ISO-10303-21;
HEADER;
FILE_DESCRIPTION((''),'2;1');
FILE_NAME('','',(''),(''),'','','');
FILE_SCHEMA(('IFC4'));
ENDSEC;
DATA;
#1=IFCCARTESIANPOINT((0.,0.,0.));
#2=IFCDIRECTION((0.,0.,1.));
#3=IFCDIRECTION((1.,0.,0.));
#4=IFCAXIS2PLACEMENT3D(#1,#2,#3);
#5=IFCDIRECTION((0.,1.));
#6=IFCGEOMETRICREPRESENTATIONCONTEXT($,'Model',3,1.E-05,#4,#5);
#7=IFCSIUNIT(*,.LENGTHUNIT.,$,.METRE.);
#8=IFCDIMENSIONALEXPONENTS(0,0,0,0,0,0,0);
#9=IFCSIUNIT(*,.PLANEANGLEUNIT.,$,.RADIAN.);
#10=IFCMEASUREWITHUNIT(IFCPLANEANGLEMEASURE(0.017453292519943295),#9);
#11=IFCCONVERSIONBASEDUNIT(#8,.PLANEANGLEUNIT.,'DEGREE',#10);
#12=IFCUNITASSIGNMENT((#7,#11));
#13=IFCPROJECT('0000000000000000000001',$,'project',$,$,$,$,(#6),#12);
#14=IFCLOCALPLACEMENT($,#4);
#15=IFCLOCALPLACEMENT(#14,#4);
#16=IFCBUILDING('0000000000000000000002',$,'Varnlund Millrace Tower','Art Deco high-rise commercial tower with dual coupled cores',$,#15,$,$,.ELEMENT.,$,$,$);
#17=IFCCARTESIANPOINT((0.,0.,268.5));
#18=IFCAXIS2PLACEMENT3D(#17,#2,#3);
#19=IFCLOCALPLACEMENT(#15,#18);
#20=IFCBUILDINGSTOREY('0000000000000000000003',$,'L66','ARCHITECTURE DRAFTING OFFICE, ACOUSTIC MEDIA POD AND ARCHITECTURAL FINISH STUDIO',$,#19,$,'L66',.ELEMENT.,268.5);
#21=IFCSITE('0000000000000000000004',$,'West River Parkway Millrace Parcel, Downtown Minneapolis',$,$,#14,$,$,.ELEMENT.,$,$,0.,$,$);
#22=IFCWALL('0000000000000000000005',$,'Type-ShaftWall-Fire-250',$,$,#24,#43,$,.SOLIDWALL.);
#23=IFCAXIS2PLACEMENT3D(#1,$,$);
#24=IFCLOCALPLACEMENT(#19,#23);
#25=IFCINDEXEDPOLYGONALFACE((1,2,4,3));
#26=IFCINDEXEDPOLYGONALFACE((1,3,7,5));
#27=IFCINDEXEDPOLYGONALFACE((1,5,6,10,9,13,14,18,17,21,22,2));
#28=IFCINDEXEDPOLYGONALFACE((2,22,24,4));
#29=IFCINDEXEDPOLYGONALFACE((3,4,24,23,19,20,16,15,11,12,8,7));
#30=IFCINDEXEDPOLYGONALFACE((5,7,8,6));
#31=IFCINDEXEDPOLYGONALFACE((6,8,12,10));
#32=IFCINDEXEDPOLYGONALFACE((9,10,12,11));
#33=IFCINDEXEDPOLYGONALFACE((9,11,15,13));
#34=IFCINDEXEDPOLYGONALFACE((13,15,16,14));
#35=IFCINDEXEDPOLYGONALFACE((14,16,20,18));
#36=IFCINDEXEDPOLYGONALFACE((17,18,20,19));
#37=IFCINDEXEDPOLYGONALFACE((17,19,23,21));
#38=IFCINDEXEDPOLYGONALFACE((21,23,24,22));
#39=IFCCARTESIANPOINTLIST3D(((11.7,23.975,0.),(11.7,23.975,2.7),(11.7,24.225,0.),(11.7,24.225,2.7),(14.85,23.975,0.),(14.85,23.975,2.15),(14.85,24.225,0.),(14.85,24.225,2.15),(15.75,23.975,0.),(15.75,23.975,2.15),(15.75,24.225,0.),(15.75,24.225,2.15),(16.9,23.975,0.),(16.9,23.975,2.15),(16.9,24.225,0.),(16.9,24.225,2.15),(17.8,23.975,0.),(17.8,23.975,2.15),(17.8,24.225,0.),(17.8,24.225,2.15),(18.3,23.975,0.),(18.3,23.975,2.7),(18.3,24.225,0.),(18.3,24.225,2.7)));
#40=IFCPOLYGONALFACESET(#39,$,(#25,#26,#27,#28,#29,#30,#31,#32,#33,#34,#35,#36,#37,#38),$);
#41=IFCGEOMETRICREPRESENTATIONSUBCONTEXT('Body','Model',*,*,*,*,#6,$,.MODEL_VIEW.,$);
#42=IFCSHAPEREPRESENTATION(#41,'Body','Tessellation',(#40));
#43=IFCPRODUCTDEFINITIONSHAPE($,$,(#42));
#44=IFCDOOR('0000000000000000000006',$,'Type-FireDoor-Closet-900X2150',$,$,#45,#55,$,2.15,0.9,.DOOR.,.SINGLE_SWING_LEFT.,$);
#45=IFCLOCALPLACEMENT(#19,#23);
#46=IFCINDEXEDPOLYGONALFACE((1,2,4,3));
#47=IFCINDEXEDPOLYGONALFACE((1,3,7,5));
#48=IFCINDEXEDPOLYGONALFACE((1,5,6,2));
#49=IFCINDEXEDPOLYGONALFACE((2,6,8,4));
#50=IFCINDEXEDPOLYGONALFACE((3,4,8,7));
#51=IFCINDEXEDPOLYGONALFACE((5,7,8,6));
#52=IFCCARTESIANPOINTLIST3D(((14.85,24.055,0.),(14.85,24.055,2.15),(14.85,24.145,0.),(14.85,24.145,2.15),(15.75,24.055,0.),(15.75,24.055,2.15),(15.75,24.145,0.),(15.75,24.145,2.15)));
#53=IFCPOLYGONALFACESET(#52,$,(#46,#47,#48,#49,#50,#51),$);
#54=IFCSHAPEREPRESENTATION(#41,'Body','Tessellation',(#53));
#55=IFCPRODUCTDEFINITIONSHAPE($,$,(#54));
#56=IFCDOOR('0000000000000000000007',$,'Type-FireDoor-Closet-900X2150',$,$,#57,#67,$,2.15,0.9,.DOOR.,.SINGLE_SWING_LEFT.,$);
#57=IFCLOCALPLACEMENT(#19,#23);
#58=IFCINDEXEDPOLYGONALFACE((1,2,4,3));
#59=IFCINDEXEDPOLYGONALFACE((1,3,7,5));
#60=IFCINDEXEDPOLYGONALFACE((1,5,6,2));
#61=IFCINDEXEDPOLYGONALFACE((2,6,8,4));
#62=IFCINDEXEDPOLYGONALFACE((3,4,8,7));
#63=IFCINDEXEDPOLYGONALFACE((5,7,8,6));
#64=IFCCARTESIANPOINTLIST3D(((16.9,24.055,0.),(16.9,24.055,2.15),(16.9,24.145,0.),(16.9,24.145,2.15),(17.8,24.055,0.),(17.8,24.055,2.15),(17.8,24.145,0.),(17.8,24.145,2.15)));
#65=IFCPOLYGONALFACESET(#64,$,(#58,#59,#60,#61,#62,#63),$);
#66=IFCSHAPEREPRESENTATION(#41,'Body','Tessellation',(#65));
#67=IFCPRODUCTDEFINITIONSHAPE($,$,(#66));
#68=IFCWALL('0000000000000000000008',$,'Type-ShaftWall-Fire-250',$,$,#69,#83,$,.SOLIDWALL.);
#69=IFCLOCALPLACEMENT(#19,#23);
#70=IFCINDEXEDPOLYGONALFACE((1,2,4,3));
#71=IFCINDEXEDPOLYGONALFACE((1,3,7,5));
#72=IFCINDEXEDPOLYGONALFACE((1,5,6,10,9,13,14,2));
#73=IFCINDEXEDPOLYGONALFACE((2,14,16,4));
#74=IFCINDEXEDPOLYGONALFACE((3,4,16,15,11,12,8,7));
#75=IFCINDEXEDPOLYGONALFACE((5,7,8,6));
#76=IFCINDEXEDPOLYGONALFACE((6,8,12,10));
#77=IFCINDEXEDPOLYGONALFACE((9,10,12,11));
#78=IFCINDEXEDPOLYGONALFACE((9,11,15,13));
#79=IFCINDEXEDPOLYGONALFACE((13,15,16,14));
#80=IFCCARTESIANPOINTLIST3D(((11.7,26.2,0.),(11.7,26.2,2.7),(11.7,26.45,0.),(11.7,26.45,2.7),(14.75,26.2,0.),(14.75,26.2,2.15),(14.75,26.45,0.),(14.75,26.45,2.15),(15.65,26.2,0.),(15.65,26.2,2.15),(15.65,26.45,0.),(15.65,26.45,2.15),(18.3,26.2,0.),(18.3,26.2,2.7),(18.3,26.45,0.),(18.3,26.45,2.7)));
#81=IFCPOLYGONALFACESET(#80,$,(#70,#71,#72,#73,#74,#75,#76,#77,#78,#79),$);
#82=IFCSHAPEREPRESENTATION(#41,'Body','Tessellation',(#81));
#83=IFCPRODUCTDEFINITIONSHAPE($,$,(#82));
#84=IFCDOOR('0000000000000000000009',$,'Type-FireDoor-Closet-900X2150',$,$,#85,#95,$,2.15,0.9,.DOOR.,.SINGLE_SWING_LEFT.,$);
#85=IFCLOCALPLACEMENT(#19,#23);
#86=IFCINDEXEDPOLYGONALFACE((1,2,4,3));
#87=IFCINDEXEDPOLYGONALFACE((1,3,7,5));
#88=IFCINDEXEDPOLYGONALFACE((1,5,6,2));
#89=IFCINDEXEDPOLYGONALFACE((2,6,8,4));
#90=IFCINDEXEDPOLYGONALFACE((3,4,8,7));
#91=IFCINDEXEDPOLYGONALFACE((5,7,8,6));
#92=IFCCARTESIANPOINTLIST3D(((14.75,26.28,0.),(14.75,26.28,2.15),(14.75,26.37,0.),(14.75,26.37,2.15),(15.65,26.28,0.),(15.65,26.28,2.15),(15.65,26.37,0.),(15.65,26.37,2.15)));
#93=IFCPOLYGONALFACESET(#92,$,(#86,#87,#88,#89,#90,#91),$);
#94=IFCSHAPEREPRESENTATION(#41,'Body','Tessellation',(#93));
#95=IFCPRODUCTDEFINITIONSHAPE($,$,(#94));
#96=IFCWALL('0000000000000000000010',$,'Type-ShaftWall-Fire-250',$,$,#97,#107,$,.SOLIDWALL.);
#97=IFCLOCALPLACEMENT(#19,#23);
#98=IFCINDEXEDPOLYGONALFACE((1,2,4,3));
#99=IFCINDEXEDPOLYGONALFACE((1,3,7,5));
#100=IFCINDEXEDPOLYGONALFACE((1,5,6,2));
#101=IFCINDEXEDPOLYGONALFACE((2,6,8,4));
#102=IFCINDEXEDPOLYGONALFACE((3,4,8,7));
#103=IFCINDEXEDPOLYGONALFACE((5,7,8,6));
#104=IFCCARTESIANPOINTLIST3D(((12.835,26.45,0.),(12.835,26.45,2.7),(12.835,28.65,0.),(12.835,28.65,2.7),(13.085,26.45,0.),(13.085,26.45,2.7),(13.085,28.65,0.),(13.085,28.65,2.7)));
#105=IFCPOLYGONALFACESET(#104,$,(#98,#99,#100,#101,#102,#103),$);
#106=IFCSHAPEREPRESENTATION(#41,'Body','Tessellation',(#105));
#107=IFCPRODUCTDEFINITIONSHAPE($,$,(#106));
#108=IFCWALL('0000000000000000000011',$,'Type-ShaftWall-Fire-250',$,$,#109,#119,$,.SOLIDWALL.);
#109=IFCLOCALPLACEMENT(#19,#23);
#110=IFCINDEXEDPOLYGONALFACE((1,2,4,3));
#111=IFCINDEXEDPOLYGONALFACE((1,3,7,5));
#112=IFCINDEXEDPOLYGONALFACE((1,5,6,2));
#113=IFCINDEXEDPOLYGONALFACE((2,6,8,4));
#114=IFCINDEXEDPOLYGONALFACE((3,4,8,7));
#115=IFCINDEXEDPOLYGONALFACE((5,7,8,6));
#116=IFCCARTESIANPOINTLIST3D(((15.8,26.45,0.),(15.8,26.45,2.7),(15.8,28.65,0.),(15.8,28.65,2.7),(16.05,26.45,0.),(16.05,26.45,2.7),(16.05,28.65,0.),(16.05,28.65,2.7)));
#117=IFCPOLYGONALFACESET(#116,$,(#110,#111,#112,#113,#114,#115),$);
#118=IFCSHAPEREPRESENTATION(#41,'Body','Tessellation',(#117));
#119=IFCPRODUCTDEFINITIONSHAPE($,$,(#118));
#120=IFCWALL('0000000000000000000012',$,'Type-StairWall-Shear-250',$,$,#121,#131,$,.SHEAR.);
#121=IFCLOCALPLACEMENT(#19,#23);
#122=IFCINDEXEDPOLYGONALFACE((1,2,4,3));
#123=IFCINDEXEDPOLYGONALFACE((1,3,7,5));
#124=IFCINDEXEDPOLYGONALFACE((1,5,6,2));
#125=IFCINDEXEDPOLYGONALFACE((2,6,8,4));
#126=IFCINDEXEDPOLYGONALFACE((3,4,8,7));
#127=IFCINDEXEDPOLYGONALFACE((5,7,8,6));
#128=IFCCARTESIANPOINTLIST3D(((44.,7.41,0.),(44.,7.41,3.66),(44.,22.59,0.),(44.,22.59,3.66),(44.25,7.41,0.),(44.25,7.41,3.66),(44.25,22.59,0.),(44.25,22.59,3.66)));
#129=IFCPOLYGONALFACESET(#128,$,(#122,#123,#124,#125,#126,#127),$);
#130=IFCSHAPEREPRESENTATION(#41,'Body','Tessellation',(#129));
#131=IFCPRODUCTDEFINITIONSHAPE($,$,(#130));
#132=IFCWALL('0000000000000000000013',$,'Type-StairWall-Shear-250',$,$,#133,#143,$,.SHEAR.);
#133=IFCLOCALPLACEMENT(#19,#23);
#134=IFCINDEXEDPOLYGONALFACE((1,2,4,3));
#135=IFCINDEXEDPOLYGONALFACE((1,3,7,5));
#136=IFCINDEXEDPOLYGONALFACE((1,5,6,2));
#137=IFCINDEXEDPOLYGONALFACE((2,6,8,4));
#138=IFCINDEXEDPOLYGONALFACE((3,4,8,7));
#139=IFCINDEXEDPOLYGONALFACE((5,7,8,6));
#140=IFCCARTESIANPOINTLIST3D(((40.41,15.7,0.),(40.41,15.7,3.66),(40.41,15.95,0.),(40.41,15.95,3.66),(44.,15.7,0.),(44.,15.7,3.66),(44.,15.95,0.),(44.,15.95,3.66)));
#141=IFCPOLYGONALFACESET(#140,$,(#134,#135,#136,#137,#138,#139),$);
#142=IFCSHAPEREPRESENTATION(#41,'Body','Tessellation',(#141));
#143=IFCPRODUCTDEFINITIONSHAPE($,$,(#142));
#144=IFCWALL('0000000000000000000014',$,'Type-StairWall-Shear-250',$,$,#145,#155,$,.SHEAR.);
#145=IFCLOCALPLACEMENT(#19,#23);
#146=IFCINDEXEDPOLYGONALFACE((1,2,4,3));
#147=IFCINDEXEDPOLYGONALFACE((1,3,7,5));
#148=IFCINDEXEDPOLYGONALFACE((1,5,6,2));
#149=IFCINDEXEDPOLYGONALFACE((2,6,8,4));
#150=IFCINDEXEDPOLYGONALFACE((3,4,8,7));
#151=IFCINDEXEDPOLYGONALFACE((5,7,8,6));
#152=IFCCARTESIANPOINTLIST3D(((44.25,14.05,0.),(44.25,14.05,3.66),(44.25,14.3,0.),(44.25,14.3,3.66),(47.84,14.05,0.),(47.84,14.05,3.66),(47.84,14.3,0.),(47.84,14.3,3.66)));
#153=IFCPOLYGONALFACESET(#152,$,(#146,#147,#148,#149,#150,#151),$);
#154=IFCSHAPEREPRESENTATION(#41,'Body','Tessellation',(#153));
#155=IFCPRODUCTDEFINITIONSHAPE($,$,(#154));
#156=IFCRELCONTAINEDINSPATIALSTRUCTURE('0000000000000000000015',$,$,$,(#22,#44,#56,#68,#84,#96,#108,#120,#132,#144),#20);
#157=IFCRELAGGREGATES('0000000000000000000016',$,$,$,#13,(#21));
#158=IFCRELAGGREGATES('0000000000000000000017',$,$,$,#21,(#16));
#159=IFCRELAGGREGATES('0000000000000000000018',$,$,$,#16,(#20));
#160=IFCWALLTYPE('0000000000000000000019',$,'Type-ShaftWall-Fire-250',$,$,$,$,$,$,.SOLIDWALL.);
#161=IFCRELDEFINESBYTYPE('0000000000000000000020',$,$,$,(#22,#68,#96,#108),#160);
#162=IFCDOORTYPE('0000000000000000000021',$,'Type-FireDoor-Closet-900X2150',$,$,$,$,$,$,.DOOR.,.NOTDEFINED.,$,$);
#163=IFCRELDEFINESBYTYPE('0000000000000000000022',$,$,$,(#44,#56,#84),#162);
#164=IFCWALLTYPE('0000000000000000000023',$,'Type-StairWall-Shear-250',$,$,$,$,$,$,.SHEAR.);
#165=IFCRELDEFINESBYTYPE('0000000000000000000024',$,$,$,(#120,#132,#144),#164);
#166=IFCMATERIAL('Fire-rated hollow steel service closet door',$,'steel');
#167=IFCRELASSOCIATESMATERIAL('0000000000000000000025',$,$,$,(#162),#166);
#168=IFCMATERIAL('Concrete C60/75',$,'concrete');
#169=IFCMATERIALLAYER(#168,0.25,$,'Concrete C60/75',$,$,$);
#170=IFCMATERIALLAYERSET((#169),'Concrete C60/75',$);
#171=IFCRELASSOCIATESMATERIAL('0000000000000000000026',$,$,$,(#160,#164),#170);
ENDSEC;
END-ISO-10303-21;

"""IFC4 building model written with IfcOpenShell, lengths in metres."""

from ifc_helpers import new_model, entity, si_unit, converted_unit, direction, frame, origin_with_axes, origin_2d_with_axis, place, context, subcontext, project, spatial, polyline, rectangle, outline, extrude, material, layer, layer_set, type_object, element, fill, save


model = new_model("IFC4")

# Units and contexts
model_context = context("Model", 3, precision=1e-05, world=origin_with_axes(), true_north=direction((0.0, 1.0)))
body_context = subcontext(model_context, "Body", "Model", "MODEL_VIEW")
ifc_project = project(units=[si_unit("LENGTHUNIT", "METRE"), converted_unit("PLANEANGLEUNIT", "DEGREE", entity("IfcPlaneAngleMeasure", 0.017453292519943295), si_unit("PLANEANGLEUNIT", "RADIAN"), dimensions=[0, 0, 0, 0, 0, 0, 0])], contexts=[model_context])

# Site, building, storey
site_placement = place(None, origin_with_axes())
site = spatial("IfcSite", under=ifc_project, at=site_placement, Name="West River Parkway Millrace Parcel, Downtown Minneapolis", CompositionType="ELEMENT", RefElevation=0.0)
building_placement = place(site_placement, origin_with_axes())
building = spatial("IfcBuilding", under=site, at=building_placement, Name="Varnlund Millrace Tower", Description="Art Deco high-rise commercial tower with dual coupled cores", CompositionType="ELEMENT")
storey_placement = place(building_placement, frame((0.0, 0.0, 268.5), z_axis=(0.0, 0.0, 1.0), x_axis=(1.0, 0.0, 0.0)))
storey = spatial("IfcBuildingStorey", under=building, at=storey_placement, Name="L66", Description="ARCHITECTURE DRAFTING OFFICE, ACOUSTIC MEDIA POD AND ARCHITECTURAL FINISH STUDIO", LongName="L66", CompositionType="ELEMENT", Elevation=268.5)

# Shared definitions
ifc_material_1 = material(Name="Concrete C60/75", Category="concrete")
ifc_material_2 = material(Name="Fire-rated hollow steel service closet door", Category="steel")
door_type_1 = type_object("IfcDoorType", Name="Type-FireDoor-Closet-900X2150", OperationType="NOTDEFINED", PredefinedType="DOOR", material=ifc_material_2)

# Wall, openings, doors
ifc_layer_1 = layer(ifc_material_1, 0.25, Name="Concrete C60/75")
ifc_layer_set_1 = layer_set([ifc_layer_1], Name="Concrete C60/75")
wall_type_1 = type_object("IfcWallType", Name="Type-ShaftWall-Fire-250", PredefinedType="SOLIDWALL", material=ifc_layer_set_1)
wall_1_placement = place(storey_placement, frame((11.7, 24.1, 0.0), z_axis=(0.0, 0.0, 1.0), x_axis=(1.0, 0.0, 0.0)))
wall_1 = element("IfcWall", 1, at=wall_1_placement, inside=storey, type_object=wall_type_1, Name="Type-ShaftWall-Fire-250", PredefinedType="SOLIDWALL", context=body_context, shape_type="SweptSolid", body=[
    extrude(outline(polyline([(0.0, -0.125), (6.6, -0.125), (6.6, 0.125), (0.0, 0.125), (0.0, -0.125)])), origin_with_axes(), (0.0, 0.0, 1.0), 2.7),
])
opening_1_placement = place(wall_1_placement, frame((3.6, 0.0, 0.0), z_axis=(0.0, 0.0, 1.0), x_axis=(1.0, 0.0, 0.0)))
opening_1 = element("IfcOpeningElement", 2, at=opening_1_placement, cuts=wall_1, PredefinedType="OPENING", context=body_context, shape_type="SweptSolid", body=[
    extrude(rectangle(XDim=0.9, YDim=0.27, at=origin_2d_with_axis()), origin_with_axes(), (0.0, 0.0, 1.0), 2.15),
])
opening_2_placement = place(wall_1_placement, frame((5.65, 0.0, 0.0), z_axis=(0.0, 0.0, 1.0), x_axis=(1.0, 0.0, 0.0)))
opening_2 = element("IfcOpeningElement", 3, at=opening_2_placement, cuts=wall_1, PredefinedType="OPENING", context=body_context, shape_type="SweptSolid", body=[
    extrude(rectangle(XDim=0.9, YDim=0.27, at=origin_2d_with_axis()), origin_with_axes(), (0.0, 0.0, 1.0), 2.15),
])
door_1_placement = place(wall_1_placement, frame((3.6, 0.0, 0.0), z_axis=(0.0, 0.0, 1.0), x_axis=(1.0, 0.0, 0.0)))
door_1 = element("IfcDoor", 4, at=door_1_placement, inside=storey, type_object=door_type_1, Name="Type-FireDoor-Closet-900X2150", OperationType="SINGLE_SWING_LEFT", OverallHeight=2.15, OverallWidth=0.9, PredefinedType="DOOR", context=body_context, shape_type="SweptSolid", body=[
    extrude(rectangle(XDim=0.9, YDim=0.09, at=origin_2d_with_axis()), origin_with_axes(), (0.0, 0.0, 1.0), 2.15),
])
fill(opening_1, door_1)
door_2_placement = place(wall_1_placement, frame((5.65, 0.0, 0.0), z_axis=(0.0, 0.0, 1.0), x_axis=(1.0, 0.0, 0.0)))
door_2 = element("IfcDoor", 5, at=door_2_placement, inside=storey, type_object=door_type_1, Name="Type-FireDoor-Closet-900X2150", OperationType="SINGLE_SWING_LEFT", OverallHeight=2.15, OverallWidth=0.9, PredefinedType="DOOR", context=body_context, shape_type="SweptSolid", body=[
    extrude(rectangle(XDim=0.9, YDim=0.09, at=origin_2d_with_axis()), origin_with_axes(), (0.0, 0.0, 1.0), 2.15),
])
fill(opening_2, door_2)

# Wall, opening, door
wall_2_placement = place(storey_placement, frame((11.7, 26.325, 0.0), z_axis=(0.0, 0.0, 1.0), x_axis=(1.0, 0.0, 0.0)))
wall_2 = element("IfcWall", 6, at=wall_2_placement, inside=storey, type_object=wall_type_1, Name="Type-ShaftWall-Fire-250", PredefinedType="SOLIDWALL", context=body_context, shape_type="SweptSolid", body=[
    extrude(outline(polyline([(0.0, -0.125), (6.6, -0.125), (6.6, 0.125), (0.0, 0.125), (0.0, -0.125)])), origin_with_axes(), (0.0, 0.0, 1.0), 2.7),
])
opening_3_placement = place(wall_2_placement, frame((3.5, 0.0, 0.0), z_axis=(0.0, 0.0, 1.0), x_axis=(1.0, 0.0, 0.0)))
opening_3 = element("IfcOpeningElement", 7, at=opening_3_placement, cuts=wall_2, PredefinedType="OPENING", context=body_context, shape_type="SweptSolid", body=[
    extrude(rectangle(XDim=0.9, YDim=0.27, at=origin_2d_with_axis()), origin_with_axes(), (0.0, 0.0, 1.0), 2.15),
])
door_3_placement = place(wall_2_placement, frame((3.5, 0.0, 0.0), z_axis=(0.0, 0.0, 1.0), x_axis=(1.0, 0.0, 0.0)))
door_3 = element("IfcDoor", 8, at=door_3_placement, inside=storey, type_object=door_type_1, Name="Type-FireDoor-Closet-900X2150", OperationType="SINGLE_SWING_LEFT", OverallHeight=2.15, OverallWidth=0.9, PredefinedType="DOOR", context=body_context, shape_type="SweptSolid", body=[
    extrude(rectangle(XDim=0.9, YDim=0.09, at=origin_2d_with_axis()), origin_with_axes(), (0.0, 0.0, 1.0), 2.15),
])
fill(opening_3, door_3)

# Walls
for number, where, z_axis, x_axis, name in (
    (9, (12.96, 26.45, 0.0), (0.0, 0.0, 1.0), (0.0, 1.0, 0.0), "Type-ShaftWall-Fire-250"),
    (10, (15.925, 26.45, 0.0), (0.0, 0.0, 1.0), (0.0, 1.0, 0.0), "Type-ShaftWall-Fire-250"),
):
    element("IfcWall", number, at=place(storey_placement, frame(where, z_axis=z_axis, x_axis=x_axis)), inside=storey, type_object=wall_type_1, Name=name, PredefinedType="SOLIDWALL", context=body_context, shape_type="SweptSolid", body=[
        extrude(outline(polyline([(0.0, -0.125), (2.2, -0.125), (2.2, 0.125), (0.0, 0.125), (0.0, -0.125)])), origin_with_axes(), (0.0, 0.0, 1.0), 2.7),
    ])
wall_type_2 = type_object("IfcWallType", Name="Type-StairWall-Shear-250", PredefinedType="SHEAR", material=ifc_layer_set_1)
wall_3_placement = place(storey_placement, frame((44.125, 7.41, 0.0), z_axis=(0.0, 0.0, 1.0), x_axis=(0.0, 1.0, 0.0)))
element("IfcWall", 11, at=wall_3_placement, inside=storey, type_object=wall_type_2, Name="Type-StairWall-Shear-250", PredefinedType="SHEAR", context=body_context, shape_type="SweptSolid", body=[
    extrude(outline(polyline([(0.0, -0.125), (15.18, -0.125), (15.18, 0.125), (0.0, 0.125), (0.0, -0.125)])), origin_with_axes(), (0.0, 0.0, 1.0), 3.66),
])
for number, where, z_axis, x_axis, name in (
    (12, (40.41, 15.825, 0.0), (0.0, 0.0, 1.0), (1.0, 0.0, 0.0), "Type-StairWall-Shear-250"),
    (13, (44.25, 14.175, 0.0), (0.0, 0.0, 1.0), (1.0, 0.0, 0.0), "Type-StairWall-Shear-250"),
):
    element("IfcWall", number, at=place(storey_placement, frame(where, z_axis=z_axis, x_axis=x_axis)), inside=storey, type_object=wall_type_2, Name=name, PredefinedType="SHEAR", context=body_context, shape_type="SweptSolid", body=[
        extrude(outline(polyline([(0.0, -0.125), (3.59, -0.125), (3.59, 0.125), (0.0, 0.125), (0.0, -0.125)])), origin_with_axes(), (0.0, 0.0, 1.0), 3.66),
    ])

save(model, "model.ifc")
